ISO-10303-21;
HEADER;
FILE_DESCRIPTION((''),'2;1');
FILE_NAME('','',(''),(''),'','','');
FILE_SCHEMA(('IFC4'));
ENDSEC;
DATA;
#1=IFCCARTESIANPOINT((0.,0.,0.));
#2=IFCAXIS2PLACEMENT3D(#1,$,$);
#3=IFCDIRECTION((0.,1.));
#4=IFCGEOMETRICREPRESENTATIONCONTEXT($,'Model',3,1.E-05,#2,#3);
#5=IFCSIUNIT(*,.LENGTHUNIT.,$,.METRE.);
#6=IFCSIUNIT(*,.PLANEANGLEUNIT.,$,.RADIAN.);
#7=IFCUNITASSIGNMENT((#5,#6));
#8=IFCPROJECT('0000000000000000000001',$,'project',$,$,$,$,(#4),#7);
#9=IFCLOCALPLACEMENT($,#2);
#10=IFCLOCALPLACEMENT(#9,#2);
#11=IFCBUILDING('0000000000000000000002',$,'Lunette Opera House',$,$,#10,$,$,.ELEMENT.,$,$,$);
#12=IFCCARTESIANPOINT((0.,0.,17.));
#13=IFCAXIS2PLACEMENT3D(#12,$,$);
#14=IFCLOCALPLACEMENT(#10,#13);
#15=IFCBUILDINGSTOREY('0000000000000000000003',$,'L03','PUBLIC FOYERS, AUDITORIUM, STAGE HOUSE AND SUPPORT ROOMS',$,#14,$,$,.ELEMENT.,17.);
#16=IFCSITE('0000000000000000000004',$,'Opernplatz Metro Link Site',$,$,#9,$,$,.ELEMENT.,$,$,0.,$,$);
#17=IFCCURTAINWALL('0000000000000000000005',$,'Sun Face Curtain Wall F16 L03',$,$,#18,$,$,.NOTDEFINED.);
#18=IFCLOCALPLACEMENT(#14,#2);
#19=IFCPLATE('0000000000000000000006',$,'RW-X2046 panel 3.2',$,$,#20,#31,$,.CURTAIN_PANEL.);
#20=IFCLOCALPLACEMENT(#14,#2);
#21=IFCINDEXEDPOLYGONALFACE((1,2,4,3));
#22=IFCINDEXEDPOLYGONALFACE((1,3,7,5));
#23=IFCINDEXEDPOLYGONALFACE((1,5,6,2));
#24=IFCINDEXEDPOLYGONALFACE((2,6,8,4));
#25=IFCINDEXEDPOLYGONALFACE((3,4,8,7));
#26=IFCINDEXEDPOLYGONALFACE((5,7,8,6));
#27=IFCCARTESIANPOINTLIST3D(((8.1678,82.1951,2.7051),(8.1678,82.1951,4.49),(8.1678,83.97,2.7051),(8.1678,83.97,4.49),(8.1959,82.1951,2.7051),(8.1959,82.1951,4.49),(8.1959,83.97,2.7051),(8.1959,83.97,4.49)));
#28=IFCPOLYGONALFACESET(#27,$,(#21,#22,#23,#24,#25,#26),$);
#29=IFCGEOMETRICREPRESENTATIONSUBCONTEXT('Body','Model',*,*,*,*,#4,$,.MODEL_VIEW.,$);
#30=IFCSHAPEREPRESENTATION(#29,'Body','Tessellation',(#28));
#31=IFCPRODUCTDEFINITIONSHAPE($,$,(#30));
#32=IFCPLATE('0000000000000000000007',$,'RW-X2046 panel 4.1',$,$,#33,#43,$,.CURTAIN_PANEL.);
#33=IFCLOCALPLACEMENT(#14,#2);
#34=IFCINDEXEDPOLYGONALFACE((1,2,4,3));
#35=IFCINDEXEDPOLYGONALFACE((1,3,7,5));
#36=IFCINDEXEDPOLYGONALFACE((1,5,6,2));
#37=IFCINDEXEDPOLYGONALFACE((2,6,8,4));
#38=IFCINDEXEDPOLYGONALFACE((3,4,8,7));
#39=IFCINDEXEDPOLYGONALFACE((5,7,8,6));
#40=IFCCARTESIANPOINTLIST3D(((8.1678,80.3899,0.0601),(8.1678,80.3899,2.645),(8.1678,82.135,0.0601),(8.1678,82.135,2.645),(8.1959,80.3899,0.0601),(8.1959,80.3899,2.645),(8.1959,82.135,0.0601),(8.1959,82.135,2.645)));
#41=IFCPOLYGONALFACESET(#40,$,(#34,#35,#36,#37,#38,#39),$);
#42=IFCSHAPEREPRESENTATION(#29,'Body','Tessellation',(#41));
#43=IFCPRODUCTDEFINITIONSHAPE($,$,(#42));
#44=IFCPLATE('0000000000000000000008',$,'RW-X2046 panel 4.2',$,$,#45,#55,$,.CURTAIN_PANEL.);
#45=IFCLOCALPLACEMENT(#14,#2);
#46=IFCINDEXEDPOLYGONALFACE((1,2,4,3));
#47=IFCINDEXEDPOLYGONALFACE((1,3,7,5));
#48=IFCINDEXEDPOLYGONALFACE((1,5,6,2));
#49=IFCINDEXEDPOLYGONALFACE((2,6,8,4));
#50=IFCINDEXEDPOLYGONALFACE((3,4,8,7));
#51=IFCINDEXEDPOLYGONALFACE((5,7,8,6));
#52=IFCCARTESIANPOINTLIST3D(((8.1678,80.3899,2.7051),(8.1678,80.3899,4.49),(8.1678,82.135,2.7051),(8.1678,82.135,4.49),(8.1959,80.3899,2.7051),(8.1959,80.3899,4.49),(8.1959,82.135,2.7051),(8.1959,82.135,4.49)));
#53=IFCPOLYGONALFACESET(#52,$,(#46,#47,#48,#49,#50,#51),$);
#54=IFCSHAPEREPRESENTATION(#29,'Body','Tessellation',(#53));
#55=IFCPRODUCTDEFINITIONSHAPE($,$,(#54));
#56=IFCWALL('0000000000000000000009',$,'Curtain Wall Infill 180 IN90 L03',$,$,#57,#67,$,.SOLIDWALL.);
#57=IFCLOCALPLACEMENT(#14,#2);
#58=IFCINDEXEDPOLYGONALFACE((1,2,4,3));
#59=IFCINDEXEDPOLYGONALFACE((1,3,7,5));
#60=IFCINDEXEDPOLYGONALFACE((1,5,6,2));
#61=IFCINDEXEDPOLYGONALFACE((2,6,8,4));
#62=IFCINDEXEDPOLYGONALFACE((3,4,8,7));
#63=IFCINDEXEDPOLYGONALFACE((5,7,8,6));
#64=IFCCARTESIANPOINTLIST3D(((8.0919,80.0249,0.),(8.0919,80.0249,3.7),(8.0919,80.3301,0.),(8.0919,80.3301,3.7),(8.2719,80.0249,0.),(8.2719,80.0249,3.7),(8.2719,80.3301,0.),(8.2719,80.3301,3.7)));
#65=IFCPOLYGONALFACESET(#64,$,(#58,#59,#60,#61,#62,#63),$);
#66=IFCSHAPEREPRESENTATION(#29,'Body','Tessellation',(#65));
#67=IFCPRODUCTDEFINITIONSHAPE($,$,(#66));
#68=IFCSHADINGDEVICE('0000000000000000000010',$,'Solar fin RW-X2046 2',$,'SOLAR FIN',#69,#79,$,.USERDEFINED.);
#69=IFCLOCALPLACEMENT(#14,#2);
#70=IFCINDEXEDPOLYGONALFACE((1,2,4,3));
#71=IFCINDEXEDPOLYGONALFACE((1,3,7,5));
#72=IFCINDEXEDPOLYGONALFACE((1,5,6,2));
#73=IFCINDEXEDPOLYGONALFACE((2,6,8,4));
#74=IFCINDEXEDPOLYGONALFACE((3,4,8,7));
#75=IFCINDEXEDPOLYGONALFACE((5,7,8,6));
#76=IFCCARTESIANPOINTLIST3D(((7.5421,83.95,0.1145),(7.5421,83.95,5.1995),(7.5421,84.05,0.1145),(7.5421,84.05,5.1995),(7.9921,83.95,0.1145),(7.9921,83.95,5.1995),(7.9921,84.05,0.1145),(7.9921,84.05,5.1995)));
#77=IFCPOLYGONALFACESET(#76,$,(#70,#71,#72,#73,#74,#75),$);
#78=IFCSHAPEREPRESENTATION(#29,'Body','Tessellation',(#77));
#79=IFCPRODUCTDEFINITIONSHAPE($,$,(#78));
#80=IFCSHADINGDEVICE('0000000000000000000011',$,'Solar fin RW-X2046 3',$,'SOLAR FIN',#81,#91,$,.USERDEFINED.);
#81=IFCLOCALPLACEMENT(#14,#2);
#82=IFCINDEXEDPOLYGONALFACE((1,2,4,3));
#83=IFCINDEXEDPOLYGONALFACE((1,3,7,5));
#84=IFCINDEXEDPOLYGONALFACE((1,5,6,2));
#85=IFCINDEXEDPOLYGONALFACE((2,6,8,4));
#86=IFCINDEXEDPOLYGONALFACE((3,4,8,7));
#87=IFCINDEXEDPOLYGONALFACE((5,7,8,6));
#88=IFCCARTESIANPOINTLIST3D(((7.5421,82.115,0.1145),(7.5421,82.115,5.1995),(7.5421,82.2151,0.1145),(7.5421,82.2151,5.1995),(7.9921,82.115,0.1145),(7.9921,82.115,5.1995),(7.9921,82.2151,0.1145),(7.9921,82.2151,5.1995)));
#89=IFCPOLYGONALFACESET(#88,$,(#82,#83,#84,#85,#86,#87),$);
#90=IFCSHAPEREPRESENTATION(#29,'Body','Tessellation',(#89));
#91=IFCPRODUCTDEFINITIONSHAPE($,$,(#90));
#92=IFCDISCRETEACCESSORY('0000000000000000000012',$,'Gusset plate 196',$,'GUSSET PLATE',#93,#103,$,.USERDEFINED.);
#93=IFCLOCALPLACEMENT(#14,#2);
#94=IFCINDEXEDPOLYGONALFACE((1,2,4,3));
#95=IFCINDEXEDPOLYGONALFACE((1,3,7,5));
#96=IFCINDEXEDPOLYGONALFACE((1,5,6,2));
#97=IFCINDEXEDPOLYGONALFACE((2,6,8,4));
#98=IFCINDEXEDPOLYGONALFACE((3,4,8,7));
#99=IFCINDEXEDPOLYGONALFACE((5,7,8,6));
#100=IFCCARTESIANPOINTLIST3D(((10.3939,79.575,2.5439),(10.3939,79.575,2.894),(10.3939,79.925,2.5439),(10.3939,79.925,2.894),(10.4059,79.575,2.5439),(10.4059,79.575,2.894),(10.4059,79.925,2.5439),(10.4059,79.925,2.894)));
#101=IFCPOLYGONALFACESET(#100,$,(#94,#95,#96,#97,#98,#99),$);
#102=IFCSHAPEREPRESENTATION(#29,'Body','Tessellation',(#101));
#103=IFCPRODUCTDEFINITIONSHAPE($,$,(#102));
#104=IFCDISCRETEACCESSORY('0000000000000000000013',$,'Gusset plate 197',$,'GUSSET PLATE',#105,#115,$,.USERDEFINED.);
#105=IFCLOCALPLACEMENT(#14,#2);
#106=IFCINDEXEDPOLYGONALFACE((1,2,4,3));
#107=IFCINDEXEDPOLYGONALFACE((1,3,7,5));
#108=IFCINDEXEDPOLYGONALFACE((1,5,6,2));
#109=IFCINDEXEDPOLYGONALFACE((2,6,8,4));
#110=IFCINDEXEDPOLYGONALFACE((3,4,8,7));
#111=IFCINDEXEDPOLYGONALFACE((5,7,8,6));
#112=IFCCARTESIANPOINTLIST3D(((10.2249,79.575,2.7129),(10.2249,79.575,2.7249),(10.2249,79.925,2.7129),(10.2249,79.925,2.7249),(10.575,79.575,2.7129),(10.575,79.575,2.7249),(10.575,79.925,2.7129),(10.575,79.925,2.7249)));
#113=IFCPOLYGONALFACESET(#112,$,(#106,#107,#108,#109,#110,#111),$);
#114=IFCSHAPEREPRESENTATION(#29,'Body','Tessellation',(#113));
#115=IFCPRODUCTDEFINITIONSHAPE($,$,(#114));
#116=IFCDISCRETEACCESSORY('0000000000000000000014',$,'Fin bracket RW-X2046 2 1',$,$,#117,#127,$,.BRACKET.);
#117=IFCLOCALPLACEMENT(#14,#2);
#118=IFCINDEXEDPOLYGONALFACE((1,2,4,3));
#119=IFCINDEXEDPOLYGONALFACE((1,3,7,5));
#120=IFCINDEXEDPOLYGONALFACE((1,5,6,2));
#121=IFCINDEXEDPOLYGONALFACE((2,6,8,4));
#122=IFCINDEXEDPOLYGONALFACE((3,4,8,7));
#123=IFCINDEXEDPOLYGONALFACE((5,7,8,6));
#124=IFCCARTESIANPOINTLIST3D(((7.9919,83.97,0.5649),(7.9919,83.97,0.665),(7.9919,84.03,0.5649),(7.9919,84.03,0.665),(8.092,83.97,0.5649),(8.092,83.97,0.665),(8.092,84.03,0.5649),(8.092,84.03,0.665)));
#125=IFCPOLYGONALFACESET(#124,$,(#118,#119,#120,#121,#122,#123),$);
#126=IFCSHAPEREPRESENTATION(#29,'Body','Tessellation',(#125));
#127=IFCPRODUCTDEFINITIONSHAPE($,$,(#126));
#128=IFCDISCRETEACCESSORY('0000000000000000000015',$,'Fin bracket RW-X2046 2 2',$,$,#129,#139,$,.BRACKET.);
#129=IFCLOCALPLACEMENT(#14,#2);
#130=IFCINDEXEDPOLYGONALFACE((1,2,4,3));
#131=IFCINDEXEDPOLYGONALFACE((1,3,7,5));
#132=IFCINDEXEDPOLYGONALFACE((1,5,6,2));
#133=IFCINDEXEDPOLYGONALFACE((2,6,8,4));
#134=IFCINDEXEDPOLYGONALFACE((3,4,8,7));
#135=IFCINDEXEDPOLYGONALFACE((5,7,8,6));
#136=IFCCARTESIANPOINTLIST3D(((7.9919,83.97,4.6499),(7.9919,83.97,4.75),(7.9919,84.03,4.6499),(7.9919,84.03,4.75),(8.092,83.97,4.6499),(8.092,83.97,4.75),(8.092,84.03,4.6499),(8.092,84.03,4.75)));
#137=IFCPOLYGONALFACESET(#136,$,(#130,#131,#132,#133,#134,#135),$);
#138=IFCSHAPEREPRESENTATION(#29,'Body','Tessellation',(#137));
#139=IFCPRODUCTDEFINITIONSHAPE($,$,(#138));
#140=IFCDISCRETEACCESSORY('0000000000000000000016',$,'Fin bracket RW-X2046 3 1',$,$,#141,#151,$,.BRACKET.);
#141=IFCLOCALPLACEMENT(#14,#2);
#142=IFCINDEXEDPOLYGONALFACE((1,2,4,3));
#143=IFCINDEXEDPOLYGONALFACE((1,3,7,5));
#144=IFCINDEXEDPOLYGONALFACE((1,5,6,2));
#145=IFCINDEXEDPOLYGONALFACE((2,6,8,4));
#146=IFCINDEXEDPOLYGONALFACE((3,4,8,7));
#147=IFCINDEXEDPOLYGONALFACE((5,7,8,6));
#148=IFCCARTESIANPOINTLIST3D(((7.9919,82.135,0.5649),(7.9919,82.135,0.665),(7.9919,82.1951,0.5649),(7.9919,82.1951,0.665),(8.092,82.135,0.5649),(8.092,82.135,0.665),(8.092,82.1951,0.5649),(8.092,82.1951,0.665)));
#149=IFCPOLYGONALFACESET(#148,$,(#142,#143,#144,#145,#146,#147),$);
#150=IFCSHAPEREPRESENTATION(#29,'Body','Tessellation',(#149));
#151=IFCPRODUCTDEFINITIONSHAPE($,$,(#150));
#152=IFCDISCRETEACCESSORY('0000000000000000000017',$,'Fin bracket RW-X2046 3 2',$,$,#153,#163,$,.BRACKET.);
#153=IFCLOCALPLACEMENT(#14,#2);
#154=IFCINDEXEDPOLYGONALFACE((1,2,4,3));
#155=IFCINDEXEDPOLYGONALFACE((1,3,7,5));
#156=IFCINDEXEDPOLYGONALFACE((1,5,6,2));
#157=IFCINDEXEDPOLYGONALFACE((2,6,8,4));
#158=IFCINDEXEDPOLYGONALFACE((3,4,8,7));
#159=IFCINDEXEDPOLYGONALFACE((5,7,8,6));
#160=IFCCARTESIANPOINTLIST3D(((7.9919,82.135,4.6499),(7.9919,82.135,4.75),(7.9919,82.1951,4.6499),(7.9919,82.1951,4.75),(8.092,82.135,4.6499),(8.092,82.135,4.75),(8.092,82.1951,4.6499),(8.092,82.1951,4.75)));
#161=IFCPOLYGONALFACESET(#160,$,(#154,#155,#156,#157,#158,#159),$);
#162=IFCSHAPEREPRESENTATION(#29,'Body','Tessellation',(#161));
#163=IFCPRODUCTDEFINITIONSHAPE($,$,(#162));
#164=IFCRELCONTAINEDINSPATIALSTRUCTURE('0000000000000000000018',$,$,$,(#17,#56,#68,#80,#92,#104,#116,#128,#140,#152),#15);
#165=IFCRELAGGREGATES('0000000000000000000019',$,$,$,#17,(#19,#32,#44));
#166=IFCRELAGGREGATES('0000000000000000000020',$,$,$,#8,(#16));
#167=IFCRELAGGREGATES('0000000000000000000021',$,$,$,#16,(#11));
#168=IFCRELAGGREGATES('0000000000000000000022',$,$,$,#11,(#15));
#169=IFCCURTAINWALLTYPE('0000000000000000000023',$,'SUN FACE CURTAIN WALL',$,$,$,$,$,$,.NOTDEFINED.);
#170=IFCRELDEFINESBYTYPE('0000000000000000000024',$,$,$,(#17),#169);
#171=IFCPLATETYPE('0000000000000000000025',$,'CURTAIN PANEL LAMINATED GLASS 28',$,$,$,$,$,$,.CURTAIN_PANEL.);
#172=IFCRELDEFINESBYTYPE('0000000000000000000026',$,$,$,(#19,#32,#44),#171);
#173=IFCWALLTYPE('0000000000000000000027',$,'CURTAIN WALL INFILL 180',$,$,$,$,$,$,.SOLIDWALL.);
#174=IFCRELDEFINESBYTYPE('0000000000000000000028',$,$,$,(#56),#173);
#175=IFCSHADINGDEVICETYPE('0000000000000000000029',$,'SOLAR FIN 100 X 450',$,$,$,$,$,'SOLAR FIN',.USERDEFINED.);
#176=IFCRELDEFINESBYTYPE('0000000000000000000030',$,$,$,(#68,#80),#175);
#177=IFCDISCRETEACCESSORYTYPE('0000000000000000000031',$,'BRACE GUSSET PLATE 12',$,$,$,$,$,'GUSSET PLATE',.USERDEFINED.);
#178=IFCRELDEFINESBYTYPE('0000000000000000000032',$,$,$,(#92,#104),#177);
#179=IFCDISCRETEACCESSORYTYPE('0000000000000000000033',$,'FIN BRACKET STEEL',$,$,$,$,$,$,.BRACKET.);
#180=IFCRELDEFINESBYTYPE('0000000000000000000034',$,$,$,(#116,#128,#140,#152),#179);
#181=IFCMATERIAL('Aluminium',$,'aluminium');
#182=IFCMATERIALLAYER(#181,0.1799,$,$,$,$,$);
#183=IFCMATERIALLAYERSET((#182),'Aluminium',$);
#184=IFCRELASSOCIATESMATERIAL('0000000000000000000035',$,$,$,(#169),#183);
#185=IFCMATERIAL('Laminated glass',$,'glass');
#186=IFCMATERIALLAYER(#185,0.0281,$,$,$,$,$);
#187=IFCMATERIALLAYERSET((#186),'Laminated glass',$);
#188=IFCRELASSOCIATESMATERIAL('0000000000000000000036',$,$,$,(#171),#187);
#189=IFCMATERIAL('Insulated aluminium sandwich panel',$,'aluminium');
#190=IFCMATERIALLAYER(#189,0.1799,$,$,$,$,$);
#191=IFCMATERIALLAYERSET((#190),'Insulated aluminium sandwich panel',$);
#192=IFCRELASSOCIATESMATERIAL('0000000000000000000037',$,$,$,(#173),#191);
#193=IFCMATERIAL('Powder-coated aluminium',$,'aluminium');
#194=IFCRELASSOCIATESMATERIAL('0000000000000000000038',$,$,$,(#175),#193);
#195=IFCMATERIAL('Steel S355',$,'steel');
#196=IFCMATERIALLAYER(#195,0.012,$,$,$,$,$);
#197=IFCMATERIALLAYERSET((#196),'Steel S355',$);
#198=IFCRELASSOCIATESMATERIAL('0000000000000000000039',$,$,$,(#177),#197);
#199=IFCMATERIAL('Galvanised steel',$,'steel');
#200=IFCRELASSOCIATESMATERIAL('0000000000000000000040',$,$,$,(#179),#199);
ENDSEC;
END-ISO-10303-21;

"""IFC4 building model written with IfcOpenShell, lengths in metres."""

from ifc_helpers import new_model, si_unit, direction, frame, frame_2d, origin, origin_2d, place, context, subcontext, project, spatial, rectangle, extrude, material, layer, layer_set, type_object, element, aggregate, save


model = new_model("IFC4")

# Units and contexts
model_context = context("Model", 3, precision=1e-05, world=origin(), true_north=direction((0.0, 1.0)))
body_context = subcontext(model_context, "Body", "Model", "MODEL_VIEW")
ifc_project = project(units=[si_unit("LENGTHUNIT", "METRE"), si_unit("PLANEANGLEUNIT", "RADIAN")], contexts=[model_context])

# Site, building, storey
site_placement = place(None, origin())
site = spatial("IfcSite", under=ifc_project, at=site_placement, Name="Opernplatz Metro Link Site", CompositionType="ELEMENT", RefElevation=0.0)
building_placement = place(site_placement, origin())
building = spatial("IfcBuilding", under=site, at=building_placement, Name="Lunette Opera House", CompositionType="ELEMENT")
storey_placement = place(building_placement, frame((0.0, 0.0, 17.0)))
storey = spatial("IfcBuildingStorey", under=building, at=storey_placement, Name="L03", Description="PUBLIC FOYERS, AUDITORIUM, STAGE HOUSE AND SUPPORT ROOMS", CompositionType="ELEMENT", Elevation=17.0)

# Curtain wall
ifc_material_1 = material(Name="Aluminium", Category="aluminium")
ifc_layer_1 = layer(ifc_material_1, 0.1799)
ifc_layer_set_1 = layer_set([ifc_layer_1], Name="Aluminium")
curtain_wall_type = type_object("IfcCurtainWallType", Name="SUN FACE CURTAIN WALL", PredefinedType="NOTDEFINED", material=ifc_layer_set_1)
curtain_wall_placement = place(storey_placement, origin())
curtain_wall = element("IfcCurtainWall", 1, at=curtain_wall_placement, inside=storey, type_object=curtain_wall_type, Name="Sun Face Curtain Wall F16 L03", PredefinedType="NOTDEFINED")

# Plates
ifc_material_2 = material(Name="Laminated glass", Category="glass")
ifc_layer_2 = layer(ifc_material_2, 0.0281)
ifc_layer_set_2 = layer_set([ifc_layer_2], Name="Laminated glass")
plate_type = type_object("IfcPlateType", Name="CURTAIN PANEL LAMINATED GLASS 28", PredefinedType="CURTAIN_PANEL", material=ifc_layer_set_2)
plate_1_placement = place(storey_placement, frame((8.1819, 83.0825, 2.7051), z_axis=(0.0, 0.0, 1.0), x_axis=(0.0, -1.0, 0.0)))
plate_1 = element("IfcPlate", 2, at=plate_1_placement, type_object=plate_type, Name="RW-X2046 panel 3.2", PredefinedType="CURTAIN_PANEL", context=body_context, shape_type="SweptSolid", body=[
    extrude(rectangle(XDim=1.7749, YDim=0.0281, at=origin_2d()), origin(), (0.0, 0.0, 1.0), 1.7849),
])
plate_2_placement = place(storey_placement, frame((8.1819, 81.2625, 0.0601), z_axis=(0.0, 0.0, 1.0), x_axis=(0.0, -1.0, 0.0)))
plate_2 = element("IfcPlate", 3, at=plate_2_placement, type_object=plate_type, Name="RW-X2046 panel 4.1", PredefinedType="CURTAIN_PANEL", context=body_context, shape_type="SweptSolid", body=[
    extrude(rectangle(XDim=1.7451, YDim=0.0281, at=origin_2d()), origin(), (0.0, 0.0, 1.0), 2.585),
])
plate_3_placement = place(storey_placement, frame((8.1819, 81.2625, 2.7051), z_axis=(0.0, 0.0, 1.0), x_axis=(0.0, -1.0, 0.0)))
plate_3 = element("IfcPlate", 4, at=plate_3_placement, type_object=plate_type, Name="RW-X2046 panel 4.2", PredefinedType="CURTAIN_PANEL", context=body_context, shape_type="SweptSolid", body=[
    extrude(rectangle(XDim=1.7451, YDim=0.0281, at=origin_2d()), origin(), (0.0, 0.0, 1.0), 1.7849),
])
aggregate(curtain_wall, [plate_1, plate_2, plate_3])

# Wall
ifc_material_3 = material(Name="Insulated aluminium sandwich panel", Category="aluminium")
ifc_layer_3 = layer(ifc_material_3, 0.1799)
ifc_layer_set_3 = layer_set([ifc_layer_3], Name="Insulated aluminium sandwich panel")
wall_type = type_object("IfcWallType", Name="CURTAIN WALL INFILL 180", PredefinedType="SOLIDWALL", material=ifc_layer_set_3)
wall_placement = place(storey_placement, frame((8.1819, 80.3301, 0.0), z_axis=(0.0, 0.0, 1.0), x_axis=(0.0, -1.0, 0.0)))
element("IfcWall", 5, at=wall_placement, inside=storey, type_object=wall_type, Name="Curtain Wall Infill 180 IN90 L03", PredefinedType="SOLIDWALL", context=body_context, shape_type="SweptSolid", body=[
    extrude(rectangle(XDim=0.3052, YDim=0.1799, at=frame_2d((0.1526, 0.0))), origin(), (0.0, 0.0, 1.0), 3.7),
])

# Shading devices
ifc_material_4 = material(Name="Powder-coated aluminium", Category="aluminium")
shading_device_type = type_object("IfcShadingDeviceType", Name="SOLAR FIN 100 X 450", ElementType="SOLAR FIN", PredefinedType="USERDEFINED", material=ifc_material_4)
for number, where, z_axis, x_axis, name in (
    (6, (7.7671, 84.0, 0.1145), (0.0, 0.0, 1.0), (-1.0, 0.0, 0.0), "Solar fin RW-X2046 2"),
    (7, (7.7671, 82.165, 0.1145), (0.0, 0.0, 1.0), (-1.0, 0.0, 0.0), "Solar fin RW-X2046 3"),
):
    element("IfcShadingDevice", number, at=place(storey_placement, frame(where, z_axis=z_axis, x_axis=x_axis)), inside=storey, type_object=shading_device_type, Name=name, ObjectType="SOLAR FIN", PredefinedType="USERDEFINED", context=body_context, shape_type="SweptSolid", body=[
        extrude(rectangle(XDim=0.45, YDim=0.1001, at=origin_2d()), origin(), (0.0, 0.0, 1.0), 5.085),
    ])

# Discrete accessories
ifc_material_5 = material(Name="Steel S355", Category="steel")
ifc_layer_4 = layer(ifc_material_5, 0.012)
ifc_layer_set_4 = layer_set([ifc_layer_4], Name="Steel S355")
discrete_accessory_type_1 = type_object("IfcDiscreteAccessoryType", Name="BRACE GUSSET PLATE 12", ElementType="GUSSET PLATE", PredefinedType="USERDEFINED", material=ifc_layer_set_4)
discrete_accessory_1_placement = place(storey_placement, frame((10.3999, 79.75, 2.5439), z_axis=(0.0, 0.0, 1.0), x_axis=(0.0, 1.0, 0.0)))
element("IfcDiscreteAccessory", 8, at=discrete_accessory_1_placement, inside=storey, type_object=discrete_accessory_type_1, Name="Gusset plate 196", ObjectType="GUSSET PLATE", PredefinedType="USERDEFINED", context=body_context, shape_type="SweptSolid", body=[
    extrude(rectangle(XDim=0.3501, YDim=0.012, at=origin_2d()), origin(), (0.0, 0.0, 1.0), 0.3501),
])
discrete_accessory_2_placement = place(storey_placement, frame((10.3999, 79.75, 2.7129), z_axis=(0.0, 0.0, 1.0), x_axis=(0.0, 1.0, 0.0)))
element("IfcDiscreteAccessory", 9, at=discrete_accessory_2_placement, inside=storey, type_object=discrete_accessory_type_1, Name="Gusset plate 197", ObjectType="GUSSET PLATE", PredefinedType="USERDEFINED", context=body_context, shape_type="SweptSolid", body=[
    extrude(rectangle(XDim=0.3501, YDim=0.3501, at=origin_2d()), origin(), (0.0, 0.0, 1.0), 0.012),
])
ifc_material_6 = material(Name="Galvanised steel", Category="steel")
discrete_accessory_type_2 = type_object("IfcDiscreteAccessoryType", Name="FIN BRACKET STEEL", PredefinedType="BRACKET", material=ifc_material_6)
for number, where, z_axis, x_axis, name in (
    (10, (8.042, 84.0, 0.5649), (0.0, 0.0, 1.0), (-1.0, 0.0, 0.0), "Fin bracket RW-X2046 2 1"),
    (11, (8.042, 84.0, 4.6499), (0.0, 0.0, 1.0), (-1.0, 0.0, 0.0), "Fin bracket RW-X2046 2 2"),
    (12, (8.042, 82.165, 0.5649), (0.0, 0.0, 1.0), (-1.0, 0.0, 0.0), "Fin bracket RW-X2046 3 1"),
    (13, (8.042, 82.165, 4.6499), (0.0, 0.0, 1.0), (-1.0, 0.0, 0.0), "Fin bracket RW-X2046 3 2"),
):
    element("IfcDiscreteAccessory", number, at=place(storey_placement, frame(where, z_axis=z_axis, x_axis=x_axis)), inside=storey, type_object=discrete_accessory_type_2, Name=name, PredefinedType="BRACKET", context=body_context, shape_type="SweptSolid", body=[
        extrude(rectangle(XDim=0.1001, YDim=0.0601, at=origin_2d()), origin(), (0.0, 0.0, 1.0), 0.1001),
    ])

save(model, "model.ifc")
